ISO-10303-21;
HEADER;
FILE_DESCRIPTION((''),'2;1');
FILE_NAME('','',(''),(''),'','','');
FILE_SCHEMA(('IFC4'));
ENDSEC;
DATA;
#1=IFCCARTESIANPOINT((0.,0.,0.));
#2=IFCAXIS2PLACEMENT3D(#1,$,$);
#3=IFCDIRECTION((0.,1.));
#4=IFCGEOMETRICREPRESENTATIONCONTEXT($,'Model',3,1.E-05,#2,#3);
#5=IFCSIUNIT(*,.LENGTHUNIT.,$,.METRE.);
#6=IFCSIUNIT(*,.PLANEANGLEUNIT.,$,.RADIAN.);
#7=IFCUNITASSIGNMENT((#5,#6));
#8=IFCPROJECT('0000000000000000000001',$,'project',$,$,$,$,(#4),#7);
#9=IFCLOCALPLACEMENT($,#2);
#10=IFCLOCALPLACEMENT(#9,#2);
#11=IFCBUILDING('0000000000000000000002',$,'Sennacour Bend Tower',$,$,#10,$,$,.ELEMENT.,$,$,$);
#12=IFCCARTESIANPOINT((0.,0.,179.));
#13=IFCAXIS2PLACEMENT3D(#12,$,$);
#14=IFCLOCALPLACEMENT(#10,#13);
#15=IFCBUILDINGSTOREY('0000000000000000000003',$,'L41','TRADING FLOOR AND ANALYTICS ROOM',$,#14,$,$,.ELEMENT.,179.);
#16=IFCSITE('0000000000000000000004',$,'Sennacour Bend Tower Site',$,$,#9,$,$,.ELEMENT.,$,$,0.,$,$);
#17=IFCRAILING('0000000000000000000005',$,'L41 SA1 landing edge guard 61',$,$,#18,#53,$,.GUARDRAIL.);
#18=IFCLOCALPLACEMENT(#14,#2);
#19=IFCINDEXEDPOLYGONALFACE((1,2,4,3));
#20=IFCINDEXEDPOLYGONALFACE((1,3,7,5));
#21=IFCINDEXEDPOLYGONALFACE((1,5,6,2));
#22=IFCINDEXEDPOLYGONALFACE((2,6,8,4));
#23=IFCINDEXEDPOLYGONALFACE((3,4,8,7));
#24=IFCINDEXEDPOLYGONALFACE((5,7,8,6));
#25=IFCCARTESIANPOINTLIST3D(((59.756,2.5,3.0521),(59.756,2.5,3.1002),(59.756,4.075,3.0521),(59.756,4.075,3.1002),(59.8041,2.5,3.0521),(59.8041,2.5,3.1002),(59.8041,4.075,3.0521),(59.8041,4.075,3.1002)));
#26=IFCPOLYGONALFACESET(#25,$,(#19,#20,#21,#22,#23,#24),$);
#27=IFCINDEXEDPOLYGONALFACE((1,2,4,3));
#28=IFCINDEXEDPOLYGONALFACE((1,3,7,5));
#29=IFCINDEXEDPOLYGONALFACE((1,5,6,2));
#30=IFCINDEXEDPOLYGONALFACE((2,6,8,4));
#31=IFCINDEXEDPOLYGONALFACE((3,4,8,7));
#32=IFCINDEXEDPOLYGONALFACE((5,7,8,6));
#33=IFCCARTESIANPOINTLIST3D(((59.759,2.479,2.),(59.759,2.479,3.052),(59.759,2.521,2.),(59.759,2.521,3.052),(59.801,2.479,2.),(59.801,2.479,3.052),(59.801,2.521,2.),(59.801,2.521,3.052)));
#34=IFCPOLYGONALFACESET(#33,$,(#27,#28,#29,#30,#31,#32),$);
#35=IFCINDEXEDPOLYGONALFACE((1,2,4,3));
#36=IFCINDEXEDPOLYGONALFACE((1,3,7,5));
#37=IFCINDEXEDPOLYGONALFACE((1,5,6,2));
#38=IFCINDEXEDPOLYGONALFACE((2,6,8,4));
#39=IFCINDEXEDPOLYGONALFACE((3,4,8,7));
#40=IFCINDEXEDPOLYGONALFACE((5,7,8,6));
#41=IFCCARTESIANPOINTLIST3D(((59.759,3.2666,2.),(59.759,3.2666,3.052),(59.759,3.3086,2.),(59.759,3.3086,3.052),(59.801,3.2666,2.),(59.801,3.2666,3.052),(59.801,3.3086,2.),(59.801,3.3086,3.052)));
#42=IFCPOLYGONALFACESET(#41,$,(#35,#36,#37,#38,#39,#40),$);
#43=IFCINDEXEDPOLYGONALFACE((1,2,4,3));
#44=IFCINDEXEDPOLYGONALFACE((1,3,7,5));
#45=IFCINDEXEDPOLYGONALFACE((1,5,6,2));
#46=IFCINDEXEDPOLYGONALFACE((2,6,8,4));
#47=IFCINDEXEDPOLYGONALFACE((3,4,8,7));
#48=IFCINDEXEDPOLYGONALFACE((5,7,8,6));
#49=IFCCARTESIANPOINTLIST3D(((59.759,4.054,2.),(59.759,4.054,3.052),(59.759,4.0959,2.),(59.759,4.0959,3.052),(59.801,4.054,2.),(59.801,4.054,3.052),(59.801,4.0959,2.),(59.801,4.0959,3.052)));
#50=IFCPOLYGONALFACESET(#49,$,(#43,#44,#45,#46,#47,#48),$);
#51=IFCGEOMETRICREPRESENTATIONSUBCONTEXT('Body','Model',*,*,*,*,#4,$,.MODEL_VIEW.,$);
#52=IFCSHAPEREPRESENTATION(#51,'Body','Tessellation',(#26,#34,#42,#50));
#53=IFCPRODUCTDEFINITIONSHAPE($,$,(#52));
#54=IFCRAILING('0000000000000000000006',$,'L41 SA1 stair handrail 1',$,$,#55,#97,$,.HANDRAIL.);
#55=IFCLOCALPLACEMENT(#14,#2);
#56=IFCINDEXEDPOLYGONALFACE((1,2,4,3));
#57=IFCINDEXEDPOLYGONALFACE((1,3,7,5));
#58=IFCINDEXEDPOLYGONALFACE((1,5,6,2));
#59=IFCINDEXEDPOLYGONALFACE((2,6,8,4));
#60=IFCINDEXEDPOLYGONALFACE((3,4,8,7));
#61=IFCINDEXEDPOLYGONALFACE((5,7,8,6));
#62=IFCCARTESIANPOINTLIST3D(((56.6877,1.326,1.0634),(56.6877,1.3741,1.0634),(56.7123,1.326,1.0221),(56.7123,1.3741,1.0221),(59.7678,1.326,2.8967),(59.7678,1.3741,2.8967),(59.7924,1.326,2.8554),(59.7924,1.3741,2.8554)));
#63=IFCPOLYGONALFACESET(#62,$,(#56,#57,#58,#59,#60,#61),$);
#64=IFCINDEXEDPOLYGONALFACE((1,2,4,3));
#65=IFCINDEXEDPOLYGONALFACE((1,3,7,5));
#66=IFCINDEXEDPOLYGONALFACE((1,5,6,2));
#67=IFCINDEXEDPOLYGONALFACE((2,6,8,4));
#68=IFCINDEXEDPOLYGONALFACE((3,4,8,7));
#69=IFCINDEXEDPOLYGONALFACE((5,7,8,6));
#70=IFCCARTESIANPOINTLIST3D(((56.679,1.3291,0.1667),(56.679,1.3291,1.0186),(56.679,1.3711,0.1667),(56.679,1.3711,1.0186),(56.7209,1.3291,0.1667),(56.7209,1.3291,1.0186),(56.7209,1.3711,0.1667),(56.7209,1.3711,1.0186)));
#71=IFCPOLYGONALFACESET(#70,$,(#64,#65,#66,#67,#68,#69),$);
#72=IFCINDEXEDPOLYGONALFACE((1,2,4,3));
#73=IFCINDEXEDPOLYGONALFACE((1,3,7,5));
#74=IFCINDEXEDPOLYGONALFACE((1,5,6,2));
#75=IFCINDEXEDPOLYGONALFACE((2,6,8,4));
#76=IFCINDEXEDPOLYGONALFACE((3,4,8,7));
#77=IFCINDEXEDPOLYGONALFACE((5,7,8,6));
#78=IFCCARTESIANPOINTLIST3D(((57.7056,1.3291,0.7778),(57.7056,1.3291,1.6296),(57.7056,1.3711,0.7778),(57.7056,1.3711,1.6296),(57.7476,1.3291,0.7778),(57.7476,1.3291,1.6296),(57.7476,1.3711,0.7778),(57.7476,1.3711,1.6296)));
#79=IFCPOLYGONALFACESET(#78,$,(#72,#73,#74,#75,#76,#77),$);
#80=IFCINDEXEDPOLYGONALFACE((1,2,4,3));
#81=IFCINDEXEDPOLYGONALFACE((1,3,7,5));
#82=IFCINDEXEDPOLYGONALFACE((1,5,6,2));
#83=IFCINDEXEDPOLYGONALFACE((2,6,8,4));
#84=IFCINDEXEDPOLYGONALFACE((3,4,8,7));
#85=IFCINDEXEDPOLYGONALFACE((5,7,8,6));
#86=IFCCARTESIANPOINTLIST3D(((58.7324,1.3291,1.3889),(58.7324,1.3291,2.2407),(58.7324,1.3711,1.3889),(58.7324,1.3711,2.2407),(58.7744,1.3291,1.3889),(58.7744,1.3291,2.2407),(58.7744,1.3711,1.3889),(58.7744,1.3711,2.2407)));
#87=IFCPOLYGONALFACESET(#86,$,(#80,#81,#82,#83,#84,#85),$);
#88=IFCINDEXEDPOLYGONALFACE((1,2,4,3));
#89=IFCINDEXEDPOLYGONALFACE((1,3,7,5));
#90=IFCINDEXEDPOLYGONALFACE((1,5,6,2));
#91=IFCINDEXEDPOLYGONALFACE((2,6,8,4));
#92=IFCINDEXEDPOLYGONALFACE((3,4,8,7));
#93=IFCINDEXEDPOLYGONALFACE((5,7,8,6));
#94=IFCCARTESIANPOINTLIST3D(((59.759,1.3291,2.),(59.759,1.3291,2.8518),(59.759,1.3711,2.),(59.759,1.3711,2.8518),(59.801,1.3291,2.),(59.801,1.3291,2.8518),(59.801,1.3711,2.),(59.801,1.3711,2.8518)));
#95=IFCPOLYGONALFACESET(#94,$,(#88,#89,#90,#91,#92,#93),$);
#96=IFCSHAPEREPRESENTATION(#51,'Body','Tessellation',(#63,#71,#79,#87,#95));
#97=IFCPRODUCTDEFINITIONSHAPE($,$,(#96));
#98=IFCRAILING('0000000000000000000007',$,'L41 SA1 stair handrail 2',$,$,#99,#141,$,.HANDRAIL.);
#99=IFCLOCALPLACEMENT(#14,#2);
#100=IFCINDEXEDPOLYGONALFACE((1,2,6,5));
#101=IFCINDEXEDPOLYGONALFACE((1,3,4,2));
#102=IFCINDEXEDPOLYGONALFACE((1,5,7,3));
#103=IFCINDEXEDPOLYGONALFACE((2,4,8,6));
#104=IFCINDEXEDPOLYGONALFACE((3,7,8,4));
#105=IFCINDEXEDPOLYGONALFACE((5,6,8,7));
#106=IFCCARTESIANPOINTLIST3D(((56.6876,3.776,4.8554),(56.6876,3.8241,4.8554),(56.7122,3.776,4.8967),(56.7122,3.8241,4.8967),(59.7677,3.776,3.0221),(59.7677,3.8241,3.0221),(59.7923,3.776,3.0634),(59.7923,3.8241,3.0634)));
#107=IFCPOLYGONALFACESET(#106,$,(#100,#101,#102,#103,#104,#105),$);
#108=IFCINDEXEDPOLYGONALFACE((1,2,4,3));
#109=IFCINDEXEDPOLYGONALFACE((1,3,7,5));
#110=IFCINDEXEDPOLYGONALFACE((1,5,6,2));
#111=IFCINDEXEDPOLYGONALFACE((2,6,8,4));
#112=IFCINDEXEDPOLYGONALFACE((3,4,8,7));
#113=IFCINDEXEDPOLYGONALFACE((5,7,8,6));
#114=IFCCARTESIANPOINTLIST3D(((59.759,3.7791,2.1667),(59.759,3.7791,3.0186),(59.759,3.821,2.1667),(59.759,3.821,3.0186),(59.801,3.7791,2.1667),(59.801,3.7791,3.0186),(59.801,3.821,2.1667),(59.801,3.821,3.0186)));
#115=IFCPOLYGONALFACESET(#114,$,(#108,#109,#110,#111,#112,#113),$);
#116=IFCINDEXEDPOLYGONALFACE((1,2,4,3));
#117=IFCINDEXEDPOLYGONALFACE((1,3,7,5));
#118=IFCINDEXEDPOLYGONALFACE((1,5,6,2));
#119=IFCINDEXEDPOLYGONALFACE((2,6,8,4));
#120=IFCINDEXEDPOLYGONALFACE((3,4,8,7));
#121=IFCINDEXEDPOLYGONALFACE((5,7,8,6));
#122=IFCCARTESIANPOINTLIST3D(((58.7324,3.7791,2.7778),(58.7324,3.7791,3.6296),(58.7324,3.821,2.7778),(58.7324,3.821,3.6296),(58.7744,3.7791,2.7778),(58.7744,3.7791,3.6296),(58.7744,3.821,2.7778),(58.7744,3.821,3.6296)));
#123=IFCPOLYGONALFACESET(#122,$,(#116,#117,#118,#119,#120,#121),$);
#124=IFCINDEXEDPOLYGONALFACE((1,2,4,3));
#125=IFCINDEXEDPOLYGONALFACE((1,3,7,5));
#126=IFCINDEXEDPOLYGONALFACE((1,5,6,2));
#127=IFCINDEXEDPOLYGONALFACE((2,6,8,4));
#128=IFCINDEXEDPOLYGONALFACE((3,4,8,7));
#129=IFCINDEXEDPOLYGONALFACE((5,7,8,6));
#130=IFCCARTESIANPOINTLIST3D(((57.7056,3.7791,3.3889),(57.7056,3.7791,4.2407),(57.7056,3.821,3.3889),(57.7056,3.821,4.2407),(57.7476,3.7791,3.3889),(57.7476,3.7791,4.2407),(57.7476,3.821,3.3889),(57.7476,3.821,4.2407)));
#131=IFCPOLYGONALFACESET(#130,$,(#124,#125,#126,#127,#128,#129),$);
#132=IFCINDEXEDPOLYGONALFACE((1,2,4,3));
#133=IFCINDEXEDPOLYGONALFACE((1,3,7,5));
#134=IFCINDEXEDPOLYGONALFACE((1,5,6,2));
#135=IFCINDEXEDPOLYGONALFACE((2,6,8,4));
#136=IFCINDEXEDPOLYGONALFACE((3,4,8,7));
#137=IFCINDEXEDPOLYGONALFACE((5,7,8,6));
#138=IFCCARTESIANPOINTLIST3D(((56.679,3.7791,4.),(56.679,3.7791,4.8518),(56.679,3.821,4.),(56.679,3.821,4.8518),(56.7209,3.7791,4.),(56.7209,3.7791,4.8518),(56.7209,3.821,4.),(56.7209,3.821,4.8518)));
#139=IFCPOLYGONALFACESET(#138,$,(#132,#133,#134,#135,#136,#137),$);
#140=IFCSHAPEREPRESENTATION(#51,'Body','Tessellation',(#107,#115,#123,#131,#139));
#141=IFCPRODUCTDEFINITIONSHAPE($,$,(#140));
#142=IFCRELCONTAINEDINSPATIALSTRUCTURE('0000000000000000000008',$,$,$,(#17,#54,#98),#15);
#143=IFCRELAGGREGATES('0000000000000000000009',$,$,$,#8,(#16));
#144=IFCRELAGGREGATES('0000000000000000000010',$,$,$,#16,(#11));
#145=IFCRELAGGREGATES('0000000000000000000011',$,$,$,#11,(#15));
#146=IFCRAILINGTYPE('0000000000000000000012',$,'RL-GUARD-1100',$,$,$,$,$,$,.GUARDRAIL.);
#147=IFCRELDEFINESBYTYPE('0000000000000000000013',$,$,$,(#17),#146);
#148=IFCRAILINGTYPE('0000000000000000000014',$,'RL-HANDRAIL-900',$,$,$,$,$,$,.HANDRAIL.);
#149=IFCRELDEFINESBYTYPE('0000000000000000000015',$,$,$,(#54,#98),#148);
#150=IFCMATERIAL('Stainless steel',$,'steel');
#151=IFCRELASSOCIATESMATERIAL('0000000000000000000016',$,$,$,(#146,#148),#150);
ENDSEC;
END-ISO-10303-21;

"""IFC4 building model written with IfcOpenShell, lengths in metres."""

from ifc_helpers import new_model, si_unit, direction, frame, origin, origin_2d, place, context, subcontext, project, spatial, rectangle, extrude, material, type_object, element, save


model = new_model("IFC4")

# Units and contexts
model_context = context("Model", 3, precision=1e-05, world=origin(), true_north=direction((0.0, 1.0)))
body_context = subcontext(model_context, "Body", "Model", "MODEL_VIEW")
ifc_project = project(units=[si_unit("LENGTHUNIT", "METRE"), si_unit("PLANEANGLEUNIT", "RADIAN")], contexts=[model_context])

# Site, building, storey
site_placement = place(None, origin())
site = spatial("IfcSite", under=ifc_project, at=site_placement, Name="Sennacour Bend Tower Site", CompositionType="ELEMENT", RefElevation=0.0)
building_placement = place(site_placement, origin())
building = spatial("IfcBuilding", under=site, at=building_placement, Name="Sennacour Bend Tower", CompositionType="ELEMENT")
storey_placement = place(building_placement, frame((0.0, 0.0, 179.0)))
storey = spatial("IfcBuildingStorey", under=building, at=storey_placement, Name="L41", Description="TRADING FLOOR AND ANALYTICS ROOM", CompositionType="ELEMENT", Elevation=179.0)

# Shared definitions
ifc_material_1 = material(Name="Stainless steel", Category="steel")

# Railings
railing_type_1 = type_object("IfcRailingType", Name="RL-GUARD-1100", PredefinedType="GUARDRAIL", material=ifc_material_1)
railing_1_placement = place(storey_placement, frame((59.78, 2.5, 2.0)))
element("IfcRailing", 1, at=railing_1_placement, inside=storey, type_object=railing_type_1, Name="L41 SA1 landing edge guard 61", PredefinedType="GUARDRAIL", context=body_context, shape_type="SweptSolid", body=[
    extrude(rectangle(XDim=0.0481, YDim=0.0481, at=origin_2d()), frame((0.0, 0.0, 1.0762), z_axis=(0.0, 1.0, 0.0), x_axis=(-1.0, 0.0, 0.0)), (0.0, 0.0, 1.0), 1.575),
    extrude(rectangle(XDim=0.042, YDim=0.042, at=origin_2d()), origin(), (0.0, 0.0, 1.0), 1.052),
    extrude(rectangle(XDim=0.042, YDim=0.042, at=origin_2d()), frame((0.0, 0.7876, 0.0)), (0.0, 0.0, 1.0), 1.052),
    extrude(rectangle(XDim=0.042, YDim=0.042, at=origin_2d()), frame((0.0, 1.575, 0.0)), (0.0, 0.0, 1.0), 1.052),
])
railing_type_2 = type_object("IfcRailingType", Name="RL-HANDRAIL-900", PredefinedType="HANDRAIL", material=ifc_material_1)
railing_2_placement = place(storey_placement, frame((56.7, 1.3501, 0.1667)))
element("IfcRailing", 2, at=railing_2_placement, inside=storey, type_object=railing_type_2, Name="L41 SA1 stair handrail 1", PredefinedType="HANDRAIL", context=body_context, shape_type="SweptSolid", body=[
    extrude(rectangle(XDim=0.0481, YDim=0.0481, at=origin_2d()), frame((0.0, 0.0, 0.876), z_axis=(0.859309, 0.0, 0.511458), x_axis=(0.0, 1.0, 0.0)), (0.0, 0.0, 1.0), 3.5845),
    extrude(rectangle(XDim=0.042, YDim=0.042, at=origin_2d()), origin(), (0.0, 0.0, 1.0), 0.8518),
    extrude(rectangle(XDim=0.042, YDim=0.042, at=origin_2d()), frame((1.0266, 0.0, 0.6111)), (0.0, 0.0, 1.0), 0.8518),
    extrude(rectangle(XDim=0.042, YDim=0.042, at=origin_2d()), frame((2.0535, 0.0, 1.2222)), (0.0, 0.0, 1.0), 0.8518),
    extrude(rectangle(XDim=0.042, YDim=0.042, at=origin_2d()), frame((3.0801, 0.0, 1.8333)), (0.0, 0.0, 1.0), 0.8518),
])
railing_3_placement = place(storey_placement, frame((59.78, 3.8, 2.1667)))
element("IfcRailing", 3, at=railing_3_placement, inside=storey, type_object=railing_type_2, Name="L41 SA1 stair handrail 2", PredefinedType="HANDRAIL", context=body_context, shape_type="SweptSolid", body=[
    extrude(rectangle(XDim=0.0481, YDim=0.0481, at=origin_2d()), frame((0.0, 0.0, 0.876), z_axis=(-0.859309, 0.0, 0.511458), x_axis=(0.0, -1.0, 0.0)), (0.0, 0.0, 1.0), 3.5845),
    extrude(rectangle(XDim=0.042, YDim=0.042, at=origin_2d()), origin(), (0.0, 0.0, 1.0), 0.8518),
    extrude(rectangle(XDim=0.042, YDim=0.042, at=origin_2d()), frame((-1.0266, 0.0, 0.6111)), (0.0, 0.0, 1.0), 0.8518),
    extrude(rectangle(XDim=0.042, YDim=0.042, at=origin_2d()), frame((-2.0535, 0.0, 1.2222)), (0.0, 0.0, 1.0), 0.8518),
    extrude(rectangle(XDim=0.042, YDim=0.042, at=origin_2d()), frame((-3.0801, 0.0, 1.8333)), (0.0, 0.0, 1.0), 0.8518),
])

save(model, "model.ifc")
